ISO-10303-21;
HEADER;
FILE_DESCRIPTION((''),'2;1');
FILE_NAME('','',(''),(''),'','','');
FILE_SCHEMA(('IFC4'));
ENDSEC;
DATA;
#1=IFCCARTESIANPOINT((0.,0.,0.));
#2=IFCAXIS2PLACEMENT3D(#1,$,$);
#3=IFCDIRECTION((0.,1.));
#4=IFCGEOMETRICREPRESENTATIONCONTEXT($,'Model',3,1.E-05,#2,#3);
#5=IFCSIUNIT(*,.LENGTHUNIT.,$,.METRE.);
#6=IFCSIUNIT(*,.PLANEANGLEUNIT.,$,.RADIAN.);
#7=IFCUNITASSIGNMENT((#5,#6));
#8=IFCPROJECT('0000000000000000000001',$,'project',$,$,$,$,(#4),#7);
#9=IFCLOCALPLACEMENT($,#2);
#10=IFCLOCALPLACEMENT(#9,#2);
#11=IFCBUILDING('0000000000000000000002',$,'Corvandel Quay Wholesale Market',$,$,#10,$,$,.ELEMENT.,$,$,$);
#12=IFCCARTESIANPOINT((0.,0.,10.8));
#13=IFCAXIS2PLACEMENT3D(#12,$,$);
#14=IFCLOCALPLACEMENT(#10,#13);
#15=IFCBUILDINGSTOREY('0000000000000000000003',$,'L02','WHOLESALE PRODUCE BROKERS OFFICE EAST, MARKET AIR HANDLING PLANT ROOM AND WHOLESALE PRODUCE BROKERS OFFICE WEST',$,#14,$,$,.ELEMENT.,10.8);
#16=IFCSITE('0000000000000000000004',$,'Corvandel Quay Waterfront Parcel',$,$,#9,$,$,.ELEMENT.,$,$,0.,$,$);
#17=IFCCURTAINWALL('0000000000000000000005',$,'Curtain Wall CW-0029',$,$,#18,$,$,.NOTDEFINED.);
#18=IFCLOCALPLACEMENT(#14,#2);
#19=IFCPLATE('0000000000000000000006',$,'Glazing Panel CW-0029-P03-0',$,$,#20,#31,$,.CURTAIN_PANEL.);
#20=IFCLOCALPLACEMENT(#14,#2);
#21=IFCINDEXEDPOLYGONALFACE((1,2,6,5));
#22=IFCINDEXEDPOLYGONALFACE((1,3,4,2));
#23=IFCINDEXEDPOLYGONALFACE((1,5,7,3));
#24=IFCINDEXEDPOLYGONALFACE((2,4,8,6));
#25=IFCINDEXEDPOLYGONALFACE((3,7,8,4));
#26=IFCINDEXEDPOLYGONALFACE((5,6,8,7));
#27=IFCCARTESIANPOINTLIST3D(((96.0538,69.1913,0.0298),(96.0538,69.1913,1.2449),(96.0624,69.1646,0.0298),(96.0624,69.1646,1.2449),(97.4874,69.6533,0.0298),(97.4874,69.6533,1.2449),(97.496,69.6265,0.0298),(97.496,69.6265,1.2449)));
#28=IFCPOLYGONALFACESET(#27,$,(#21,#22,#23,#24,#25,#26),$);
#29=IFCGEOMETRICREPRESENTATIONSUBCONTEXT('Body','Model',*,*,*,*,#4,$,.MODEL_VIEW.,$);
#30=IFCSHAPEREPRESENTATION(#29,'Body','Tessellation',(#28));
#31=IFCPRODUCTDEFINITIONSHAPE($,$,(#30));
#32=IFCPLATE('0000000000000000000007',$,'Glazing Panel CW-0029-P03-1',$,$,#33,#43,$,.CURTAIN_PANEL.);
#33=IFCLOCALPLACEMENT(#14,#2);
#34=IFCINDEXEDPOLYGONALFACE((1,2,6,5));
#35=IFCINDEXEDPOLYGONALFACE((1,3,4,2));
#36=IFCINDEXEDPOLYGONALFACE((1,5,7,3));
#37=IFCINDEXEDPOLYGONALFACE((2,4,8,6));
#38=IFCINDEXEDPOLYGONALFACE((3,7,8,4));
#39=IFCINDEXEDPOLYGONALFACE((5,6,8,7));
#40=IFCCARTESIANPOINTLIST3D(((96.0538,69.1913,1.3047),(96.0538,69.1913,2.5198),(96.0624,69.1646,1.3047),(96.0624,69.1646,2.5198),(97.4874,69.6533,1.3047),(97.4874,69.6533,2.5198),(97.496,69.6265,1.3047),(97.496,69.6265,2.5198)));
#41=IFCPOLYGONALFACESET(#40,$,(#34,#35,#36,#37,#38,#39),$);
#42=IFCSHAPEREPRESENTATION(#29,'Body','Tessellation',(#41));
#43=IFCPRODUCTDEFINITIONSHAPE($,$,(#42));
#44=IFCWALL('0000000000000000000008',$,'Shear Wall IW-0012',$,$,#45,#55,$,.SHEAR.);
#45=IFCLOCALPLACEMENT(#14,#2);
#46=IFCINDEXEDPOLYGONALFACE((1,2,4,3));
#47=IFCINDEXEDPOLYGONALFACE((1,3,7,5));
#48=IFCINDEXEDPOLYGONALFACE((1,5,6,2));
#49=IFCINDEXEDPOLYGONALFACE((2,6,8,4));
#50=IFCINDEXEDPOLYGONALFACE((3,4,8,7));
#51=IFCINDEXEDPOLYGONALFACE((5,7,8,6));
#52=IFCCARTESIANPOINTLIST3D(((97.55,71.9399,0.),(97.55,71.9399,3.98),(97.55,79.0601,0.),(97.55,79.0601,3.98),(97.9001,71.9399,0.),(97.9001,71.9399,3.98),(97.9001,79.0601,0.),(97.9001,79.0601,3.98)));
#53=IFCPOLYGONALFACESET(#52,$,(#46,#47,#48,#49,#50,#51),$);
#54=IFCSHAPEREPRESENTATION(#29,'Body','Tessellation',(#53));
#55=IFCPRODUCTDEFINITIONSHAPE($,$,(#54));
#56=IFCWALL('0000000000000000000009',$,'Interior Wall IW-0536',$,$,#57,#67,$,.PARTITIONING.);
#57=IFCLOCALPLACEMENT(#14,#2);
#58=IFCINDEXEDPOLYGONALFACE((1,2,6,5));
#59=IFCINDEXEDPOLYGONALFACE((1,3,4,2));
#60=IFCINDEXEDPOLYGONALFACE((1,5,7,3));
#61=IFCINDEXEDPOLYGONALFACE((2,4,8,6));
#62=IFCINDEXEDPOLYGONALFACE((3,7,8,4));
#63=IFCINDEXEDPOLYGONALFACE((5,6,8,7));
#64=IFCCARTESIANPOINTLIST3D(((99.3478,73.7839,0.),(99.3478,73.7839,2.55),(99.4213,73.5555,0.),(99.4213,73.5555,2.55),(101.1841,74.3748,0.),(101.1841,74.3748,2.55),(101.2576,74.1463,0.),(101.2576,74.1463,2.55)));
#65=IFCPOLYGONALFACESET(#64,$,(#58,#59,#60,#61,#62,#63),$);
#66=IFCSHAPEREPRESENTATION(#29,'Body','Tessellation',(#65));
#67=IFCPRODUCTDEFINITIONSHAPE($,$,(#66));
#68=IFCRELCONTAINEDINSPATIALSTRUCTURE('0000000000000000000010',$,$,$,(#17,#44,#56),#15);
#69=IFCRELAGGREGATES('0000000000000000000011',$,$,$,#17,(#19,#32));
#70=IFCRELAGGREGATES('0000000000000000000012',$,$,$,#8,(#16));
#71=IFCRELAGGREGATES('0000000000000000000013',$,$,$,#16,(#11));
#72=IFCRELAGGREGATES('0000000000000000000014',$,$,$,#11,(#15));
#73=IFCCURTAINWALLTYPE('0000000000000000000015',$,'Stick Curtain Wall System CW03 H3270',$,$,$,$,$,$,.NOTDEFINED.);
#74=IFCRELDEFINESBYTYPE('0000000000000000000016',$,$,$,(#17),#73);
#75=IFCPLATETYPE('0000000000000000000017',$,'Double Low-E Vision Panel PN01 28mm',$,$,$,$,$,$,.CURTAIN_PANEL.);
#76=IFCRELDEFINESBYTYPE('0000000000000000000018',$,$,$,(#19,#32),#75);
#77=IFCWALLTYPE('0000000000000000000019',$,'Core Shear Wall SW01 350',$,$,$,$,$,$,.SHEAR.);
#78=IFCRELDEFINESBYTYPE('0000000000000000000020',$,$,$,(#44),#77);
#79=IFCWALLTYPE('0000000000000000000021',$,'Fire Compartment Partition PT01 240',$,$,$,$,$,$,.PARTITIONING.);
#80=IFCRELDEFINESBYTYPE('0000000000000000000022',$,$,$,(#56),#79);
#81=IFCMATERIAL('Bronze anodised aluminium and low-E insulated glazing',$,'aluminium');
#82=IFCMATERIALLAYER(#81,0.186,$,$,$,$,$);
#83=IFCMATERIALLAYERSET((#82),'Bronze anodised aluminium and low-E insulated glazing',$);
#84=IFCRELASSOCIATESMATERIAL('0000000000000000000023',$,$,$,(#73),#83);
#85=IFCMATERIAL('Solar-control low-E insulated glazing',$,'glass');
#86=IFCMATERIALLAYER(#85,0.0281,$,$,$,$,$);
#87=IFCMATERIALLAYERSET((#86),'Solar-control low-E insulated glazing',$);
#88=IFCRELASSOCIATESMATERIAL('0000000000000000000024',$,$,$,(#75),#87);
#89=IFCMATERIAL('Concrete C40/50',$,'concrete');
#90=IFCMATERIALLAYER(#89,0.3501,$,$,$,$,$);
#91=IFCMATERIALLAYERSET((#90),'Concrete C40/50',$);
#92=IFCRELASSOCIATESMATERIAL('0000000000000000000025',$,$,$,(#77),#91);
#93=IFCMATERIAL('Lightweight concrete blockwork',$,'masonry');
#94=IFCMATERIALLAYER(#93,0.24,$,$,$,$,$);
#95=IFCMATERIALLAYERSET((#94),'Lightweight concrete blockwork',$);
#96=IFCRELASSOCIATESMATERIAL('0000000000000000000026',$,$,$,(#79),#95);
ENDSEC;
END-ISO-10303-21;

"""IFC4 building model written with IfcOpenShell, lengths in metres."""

from ifc_helpers import new_model, si_unit, direction, frame, frame_2d, origin, origin_2d, place, context, subcontext, project, spatial, rectangle, extrude, material, layer, layer_set, type_object, element, aggregate, save


model = new_model("IFC4")

# Units and contexts
model_context = context("Model", 3, precision=1e-05, world=origin(), true_north=direction((0.0, 1.0)))
body_context = subcontext(model_context, "Body", "Model", "MODEL_VIEW")
ifc_project = project(units=[si_unit("LENGTHUNIT", "METRE"), si_unit("PLANEANGLEUNIT", "RADIAN")], contexts=[model_context])

# Site, building, storey
site_placement = place(None, origin())
site = spatial("IfcSite", under=ifc_project, at=site_placement, Name="Corvandel Quay Waterfront Parcel", CompositionType="ELEMENT", RefElevation=0.0)
building_placement = place(site_placement, origin())
building = spatial("IfcBuilding", under=site, at=building_placement, Name="Corvandel Quay Wholesale Market", CompositionType="ELEMENT")
storey_placement = place(building_placement, frame((0.0, 0.0, 10.8)))
storey = spatial("IfcBuildingStorey", under=building, at=storey_placement, Name="L02", Description="WHOLESALE PRODUCE BROKERS OFFICE EAST, MARKET AIR HANDLING PLANT ROOM AND WHOLESALE PRODUCE BROKERS OFFICE WEST", CompositionType="ELEMENT", Elevation=10.8)

# Shared definitions
ifc_material_1 = material(Name="Concrete C40/50", Category="concrete")

# Shared definitions
ifc_material_2 = material(Name="Bronze anodised aluminium and low-E insulated glazing", Category="aluminium")

# Curtain wall
ifc_layer_1 = layer(ifc_material_2, 0.186)
ifc_layer_set_1 = layer_set([ifc_layer_1], Name="Bronze anodised aluminium and low-E insulated glazing")
curtain_wall_type_1 = type_object("IfcCurtainWallType", Name="Stick Curtain Wall System CW03 H3270", PredefinedType="NOTDEFINED", material=ifc_layer_set_1)
curtain_wall_1_placement = place(storey_placement, origin())
curtain_wall_1 = element("IfcCurtainWall", 1, at=curtain_wall_1_placement, inside=storey, type_object=curtain_wall_type_1, Name="Curtain Wall CW-0029", PredefinedType="NOTDEFINED")

# Plates
ifc_material_3 = material(Name="Solar-control low-E insulated glazing", Category="glass")
ifc_layer_2 = layer(ifc_material_3, 0.0281)
ifc_layer_set_2 = layer_set([ifc_layer_2], Name="Solar-control low-E insulated glazing")
plate_type = type_object("IfcPlateType", Name="Double Low-E Vision Panel PN01 28mm", PredefinedType="CURTAIN_PANEL", material=ifc_layer_set_2)
plate_1_placement = place(storey_placement, frame((96.7749, 69.4089, 0.0298), z_axis=(0.0, 0.0, 1.0), x_axis=(0.951809, 0.306692, 0.0)))
plate_1 = element("IfcPlate", 2, at=plate_1_placement, type_object=plate_type, Name="Glazing Panel CW-0029-P03-0", PredefinedType="CURTAIN_PANEL", context=body_context, shape_type="SweptSolid", body=[
    extrude(rectangle(XDim=1.5061, YDim=0.0281, at=origin_2d()), origin(), (0.0, 0.0, 1.0), 1.2151),
])
plate_2_placement = place(storey_placement, frame((96.7749, 69.4089, 1.3047), z_axis=(0.0, 0.0, 1.0), x_axis=(0.951809, 0.306692, 0.0)))
plate_2 = element("IfcPlate", 3, at=plate_2_placement, type_object=plate_type, Name="Glazing Panel CW-0029-P03-1", PredefinedType="CURTAIN_PANEL", context=body_context, shape_type="SweptSolid", body=[
    extrude(rectangle(XDim=1.5061, YDim=0.0281, at=origin_2d()), origin(), (0.0, 0.0, 1.0), 1.2151),
])
aggregate(curtain_wall_1, [plate_1, plate_2])

# Walls
ifc_layer_3 = layer(ifc_material_1, 0.3501)
ifc_layer_set_3 = layer_set([ifc_layer_3], Name="Concrete C40/50")
wall_type_1 = type_object("IfcWallType", Name="Core Shear Wall SW01 350", PredefinedType="SHEAR", material=ifc_layer_set_3)
wall_1_placement = place(storey_placement, frame((97.7251, 71.9399, 0.0), z_axis=(0.0, 0.0, 1.0), x_axis=(0.0, 1.0, 0.0)))
element("IfcWall", 4, at=wall_1_placement, inside=storey, type_object=wall_type_1, Name="Shear Wall IW-0012", PredefinedType="SHEAR", context=body_context, shape_type="SweptSolid", body=[
    extrude(rectangle(XDim=7.1201, YDim=0.3501, at=frame_2d((3.5601, 0.0))), origin(), (0.0, 0.0, 1.0), 3.98),
])
ifc_material_4 = material(Name="Lightweight concrete blockwork", Category="masonry")
ifc_layer_4 = layer(ifc_material_4, 0.24)
ifc_layer_set_4 = layer_set([ifc_layer_4], Name="Lightweight concrete blockwork")
wall_type_2 = type_object("IfcWallType", Name="Fire Compartment Partition PT01 240", PredefinedType="PARTITIONING", material=ifc_layer_set_4)
wall_2_placement = place(storey_placement, frame((101.2207, 74.2605, 0.0), z_axis=(0.0, 0.0, 1.0), x_axis=(-0.951935, -0.3063, 0.0)))
element("IfcWall", 5, at=wall_2_placement, inside=storey, type_object=wall_type_2, Name="Interior Wall IW-0536", PredefinedType="PARTITIONING", context=body_context, shape_type="SweptSolid", body=[
    extrude(rectangle(XDim=1.929, YDim=0.24, at=frame_2d((0.9644, 0.0))), origin(), (0.0, 0.0, 1.0), 2.55),
])

save(model, "model.ifc")
